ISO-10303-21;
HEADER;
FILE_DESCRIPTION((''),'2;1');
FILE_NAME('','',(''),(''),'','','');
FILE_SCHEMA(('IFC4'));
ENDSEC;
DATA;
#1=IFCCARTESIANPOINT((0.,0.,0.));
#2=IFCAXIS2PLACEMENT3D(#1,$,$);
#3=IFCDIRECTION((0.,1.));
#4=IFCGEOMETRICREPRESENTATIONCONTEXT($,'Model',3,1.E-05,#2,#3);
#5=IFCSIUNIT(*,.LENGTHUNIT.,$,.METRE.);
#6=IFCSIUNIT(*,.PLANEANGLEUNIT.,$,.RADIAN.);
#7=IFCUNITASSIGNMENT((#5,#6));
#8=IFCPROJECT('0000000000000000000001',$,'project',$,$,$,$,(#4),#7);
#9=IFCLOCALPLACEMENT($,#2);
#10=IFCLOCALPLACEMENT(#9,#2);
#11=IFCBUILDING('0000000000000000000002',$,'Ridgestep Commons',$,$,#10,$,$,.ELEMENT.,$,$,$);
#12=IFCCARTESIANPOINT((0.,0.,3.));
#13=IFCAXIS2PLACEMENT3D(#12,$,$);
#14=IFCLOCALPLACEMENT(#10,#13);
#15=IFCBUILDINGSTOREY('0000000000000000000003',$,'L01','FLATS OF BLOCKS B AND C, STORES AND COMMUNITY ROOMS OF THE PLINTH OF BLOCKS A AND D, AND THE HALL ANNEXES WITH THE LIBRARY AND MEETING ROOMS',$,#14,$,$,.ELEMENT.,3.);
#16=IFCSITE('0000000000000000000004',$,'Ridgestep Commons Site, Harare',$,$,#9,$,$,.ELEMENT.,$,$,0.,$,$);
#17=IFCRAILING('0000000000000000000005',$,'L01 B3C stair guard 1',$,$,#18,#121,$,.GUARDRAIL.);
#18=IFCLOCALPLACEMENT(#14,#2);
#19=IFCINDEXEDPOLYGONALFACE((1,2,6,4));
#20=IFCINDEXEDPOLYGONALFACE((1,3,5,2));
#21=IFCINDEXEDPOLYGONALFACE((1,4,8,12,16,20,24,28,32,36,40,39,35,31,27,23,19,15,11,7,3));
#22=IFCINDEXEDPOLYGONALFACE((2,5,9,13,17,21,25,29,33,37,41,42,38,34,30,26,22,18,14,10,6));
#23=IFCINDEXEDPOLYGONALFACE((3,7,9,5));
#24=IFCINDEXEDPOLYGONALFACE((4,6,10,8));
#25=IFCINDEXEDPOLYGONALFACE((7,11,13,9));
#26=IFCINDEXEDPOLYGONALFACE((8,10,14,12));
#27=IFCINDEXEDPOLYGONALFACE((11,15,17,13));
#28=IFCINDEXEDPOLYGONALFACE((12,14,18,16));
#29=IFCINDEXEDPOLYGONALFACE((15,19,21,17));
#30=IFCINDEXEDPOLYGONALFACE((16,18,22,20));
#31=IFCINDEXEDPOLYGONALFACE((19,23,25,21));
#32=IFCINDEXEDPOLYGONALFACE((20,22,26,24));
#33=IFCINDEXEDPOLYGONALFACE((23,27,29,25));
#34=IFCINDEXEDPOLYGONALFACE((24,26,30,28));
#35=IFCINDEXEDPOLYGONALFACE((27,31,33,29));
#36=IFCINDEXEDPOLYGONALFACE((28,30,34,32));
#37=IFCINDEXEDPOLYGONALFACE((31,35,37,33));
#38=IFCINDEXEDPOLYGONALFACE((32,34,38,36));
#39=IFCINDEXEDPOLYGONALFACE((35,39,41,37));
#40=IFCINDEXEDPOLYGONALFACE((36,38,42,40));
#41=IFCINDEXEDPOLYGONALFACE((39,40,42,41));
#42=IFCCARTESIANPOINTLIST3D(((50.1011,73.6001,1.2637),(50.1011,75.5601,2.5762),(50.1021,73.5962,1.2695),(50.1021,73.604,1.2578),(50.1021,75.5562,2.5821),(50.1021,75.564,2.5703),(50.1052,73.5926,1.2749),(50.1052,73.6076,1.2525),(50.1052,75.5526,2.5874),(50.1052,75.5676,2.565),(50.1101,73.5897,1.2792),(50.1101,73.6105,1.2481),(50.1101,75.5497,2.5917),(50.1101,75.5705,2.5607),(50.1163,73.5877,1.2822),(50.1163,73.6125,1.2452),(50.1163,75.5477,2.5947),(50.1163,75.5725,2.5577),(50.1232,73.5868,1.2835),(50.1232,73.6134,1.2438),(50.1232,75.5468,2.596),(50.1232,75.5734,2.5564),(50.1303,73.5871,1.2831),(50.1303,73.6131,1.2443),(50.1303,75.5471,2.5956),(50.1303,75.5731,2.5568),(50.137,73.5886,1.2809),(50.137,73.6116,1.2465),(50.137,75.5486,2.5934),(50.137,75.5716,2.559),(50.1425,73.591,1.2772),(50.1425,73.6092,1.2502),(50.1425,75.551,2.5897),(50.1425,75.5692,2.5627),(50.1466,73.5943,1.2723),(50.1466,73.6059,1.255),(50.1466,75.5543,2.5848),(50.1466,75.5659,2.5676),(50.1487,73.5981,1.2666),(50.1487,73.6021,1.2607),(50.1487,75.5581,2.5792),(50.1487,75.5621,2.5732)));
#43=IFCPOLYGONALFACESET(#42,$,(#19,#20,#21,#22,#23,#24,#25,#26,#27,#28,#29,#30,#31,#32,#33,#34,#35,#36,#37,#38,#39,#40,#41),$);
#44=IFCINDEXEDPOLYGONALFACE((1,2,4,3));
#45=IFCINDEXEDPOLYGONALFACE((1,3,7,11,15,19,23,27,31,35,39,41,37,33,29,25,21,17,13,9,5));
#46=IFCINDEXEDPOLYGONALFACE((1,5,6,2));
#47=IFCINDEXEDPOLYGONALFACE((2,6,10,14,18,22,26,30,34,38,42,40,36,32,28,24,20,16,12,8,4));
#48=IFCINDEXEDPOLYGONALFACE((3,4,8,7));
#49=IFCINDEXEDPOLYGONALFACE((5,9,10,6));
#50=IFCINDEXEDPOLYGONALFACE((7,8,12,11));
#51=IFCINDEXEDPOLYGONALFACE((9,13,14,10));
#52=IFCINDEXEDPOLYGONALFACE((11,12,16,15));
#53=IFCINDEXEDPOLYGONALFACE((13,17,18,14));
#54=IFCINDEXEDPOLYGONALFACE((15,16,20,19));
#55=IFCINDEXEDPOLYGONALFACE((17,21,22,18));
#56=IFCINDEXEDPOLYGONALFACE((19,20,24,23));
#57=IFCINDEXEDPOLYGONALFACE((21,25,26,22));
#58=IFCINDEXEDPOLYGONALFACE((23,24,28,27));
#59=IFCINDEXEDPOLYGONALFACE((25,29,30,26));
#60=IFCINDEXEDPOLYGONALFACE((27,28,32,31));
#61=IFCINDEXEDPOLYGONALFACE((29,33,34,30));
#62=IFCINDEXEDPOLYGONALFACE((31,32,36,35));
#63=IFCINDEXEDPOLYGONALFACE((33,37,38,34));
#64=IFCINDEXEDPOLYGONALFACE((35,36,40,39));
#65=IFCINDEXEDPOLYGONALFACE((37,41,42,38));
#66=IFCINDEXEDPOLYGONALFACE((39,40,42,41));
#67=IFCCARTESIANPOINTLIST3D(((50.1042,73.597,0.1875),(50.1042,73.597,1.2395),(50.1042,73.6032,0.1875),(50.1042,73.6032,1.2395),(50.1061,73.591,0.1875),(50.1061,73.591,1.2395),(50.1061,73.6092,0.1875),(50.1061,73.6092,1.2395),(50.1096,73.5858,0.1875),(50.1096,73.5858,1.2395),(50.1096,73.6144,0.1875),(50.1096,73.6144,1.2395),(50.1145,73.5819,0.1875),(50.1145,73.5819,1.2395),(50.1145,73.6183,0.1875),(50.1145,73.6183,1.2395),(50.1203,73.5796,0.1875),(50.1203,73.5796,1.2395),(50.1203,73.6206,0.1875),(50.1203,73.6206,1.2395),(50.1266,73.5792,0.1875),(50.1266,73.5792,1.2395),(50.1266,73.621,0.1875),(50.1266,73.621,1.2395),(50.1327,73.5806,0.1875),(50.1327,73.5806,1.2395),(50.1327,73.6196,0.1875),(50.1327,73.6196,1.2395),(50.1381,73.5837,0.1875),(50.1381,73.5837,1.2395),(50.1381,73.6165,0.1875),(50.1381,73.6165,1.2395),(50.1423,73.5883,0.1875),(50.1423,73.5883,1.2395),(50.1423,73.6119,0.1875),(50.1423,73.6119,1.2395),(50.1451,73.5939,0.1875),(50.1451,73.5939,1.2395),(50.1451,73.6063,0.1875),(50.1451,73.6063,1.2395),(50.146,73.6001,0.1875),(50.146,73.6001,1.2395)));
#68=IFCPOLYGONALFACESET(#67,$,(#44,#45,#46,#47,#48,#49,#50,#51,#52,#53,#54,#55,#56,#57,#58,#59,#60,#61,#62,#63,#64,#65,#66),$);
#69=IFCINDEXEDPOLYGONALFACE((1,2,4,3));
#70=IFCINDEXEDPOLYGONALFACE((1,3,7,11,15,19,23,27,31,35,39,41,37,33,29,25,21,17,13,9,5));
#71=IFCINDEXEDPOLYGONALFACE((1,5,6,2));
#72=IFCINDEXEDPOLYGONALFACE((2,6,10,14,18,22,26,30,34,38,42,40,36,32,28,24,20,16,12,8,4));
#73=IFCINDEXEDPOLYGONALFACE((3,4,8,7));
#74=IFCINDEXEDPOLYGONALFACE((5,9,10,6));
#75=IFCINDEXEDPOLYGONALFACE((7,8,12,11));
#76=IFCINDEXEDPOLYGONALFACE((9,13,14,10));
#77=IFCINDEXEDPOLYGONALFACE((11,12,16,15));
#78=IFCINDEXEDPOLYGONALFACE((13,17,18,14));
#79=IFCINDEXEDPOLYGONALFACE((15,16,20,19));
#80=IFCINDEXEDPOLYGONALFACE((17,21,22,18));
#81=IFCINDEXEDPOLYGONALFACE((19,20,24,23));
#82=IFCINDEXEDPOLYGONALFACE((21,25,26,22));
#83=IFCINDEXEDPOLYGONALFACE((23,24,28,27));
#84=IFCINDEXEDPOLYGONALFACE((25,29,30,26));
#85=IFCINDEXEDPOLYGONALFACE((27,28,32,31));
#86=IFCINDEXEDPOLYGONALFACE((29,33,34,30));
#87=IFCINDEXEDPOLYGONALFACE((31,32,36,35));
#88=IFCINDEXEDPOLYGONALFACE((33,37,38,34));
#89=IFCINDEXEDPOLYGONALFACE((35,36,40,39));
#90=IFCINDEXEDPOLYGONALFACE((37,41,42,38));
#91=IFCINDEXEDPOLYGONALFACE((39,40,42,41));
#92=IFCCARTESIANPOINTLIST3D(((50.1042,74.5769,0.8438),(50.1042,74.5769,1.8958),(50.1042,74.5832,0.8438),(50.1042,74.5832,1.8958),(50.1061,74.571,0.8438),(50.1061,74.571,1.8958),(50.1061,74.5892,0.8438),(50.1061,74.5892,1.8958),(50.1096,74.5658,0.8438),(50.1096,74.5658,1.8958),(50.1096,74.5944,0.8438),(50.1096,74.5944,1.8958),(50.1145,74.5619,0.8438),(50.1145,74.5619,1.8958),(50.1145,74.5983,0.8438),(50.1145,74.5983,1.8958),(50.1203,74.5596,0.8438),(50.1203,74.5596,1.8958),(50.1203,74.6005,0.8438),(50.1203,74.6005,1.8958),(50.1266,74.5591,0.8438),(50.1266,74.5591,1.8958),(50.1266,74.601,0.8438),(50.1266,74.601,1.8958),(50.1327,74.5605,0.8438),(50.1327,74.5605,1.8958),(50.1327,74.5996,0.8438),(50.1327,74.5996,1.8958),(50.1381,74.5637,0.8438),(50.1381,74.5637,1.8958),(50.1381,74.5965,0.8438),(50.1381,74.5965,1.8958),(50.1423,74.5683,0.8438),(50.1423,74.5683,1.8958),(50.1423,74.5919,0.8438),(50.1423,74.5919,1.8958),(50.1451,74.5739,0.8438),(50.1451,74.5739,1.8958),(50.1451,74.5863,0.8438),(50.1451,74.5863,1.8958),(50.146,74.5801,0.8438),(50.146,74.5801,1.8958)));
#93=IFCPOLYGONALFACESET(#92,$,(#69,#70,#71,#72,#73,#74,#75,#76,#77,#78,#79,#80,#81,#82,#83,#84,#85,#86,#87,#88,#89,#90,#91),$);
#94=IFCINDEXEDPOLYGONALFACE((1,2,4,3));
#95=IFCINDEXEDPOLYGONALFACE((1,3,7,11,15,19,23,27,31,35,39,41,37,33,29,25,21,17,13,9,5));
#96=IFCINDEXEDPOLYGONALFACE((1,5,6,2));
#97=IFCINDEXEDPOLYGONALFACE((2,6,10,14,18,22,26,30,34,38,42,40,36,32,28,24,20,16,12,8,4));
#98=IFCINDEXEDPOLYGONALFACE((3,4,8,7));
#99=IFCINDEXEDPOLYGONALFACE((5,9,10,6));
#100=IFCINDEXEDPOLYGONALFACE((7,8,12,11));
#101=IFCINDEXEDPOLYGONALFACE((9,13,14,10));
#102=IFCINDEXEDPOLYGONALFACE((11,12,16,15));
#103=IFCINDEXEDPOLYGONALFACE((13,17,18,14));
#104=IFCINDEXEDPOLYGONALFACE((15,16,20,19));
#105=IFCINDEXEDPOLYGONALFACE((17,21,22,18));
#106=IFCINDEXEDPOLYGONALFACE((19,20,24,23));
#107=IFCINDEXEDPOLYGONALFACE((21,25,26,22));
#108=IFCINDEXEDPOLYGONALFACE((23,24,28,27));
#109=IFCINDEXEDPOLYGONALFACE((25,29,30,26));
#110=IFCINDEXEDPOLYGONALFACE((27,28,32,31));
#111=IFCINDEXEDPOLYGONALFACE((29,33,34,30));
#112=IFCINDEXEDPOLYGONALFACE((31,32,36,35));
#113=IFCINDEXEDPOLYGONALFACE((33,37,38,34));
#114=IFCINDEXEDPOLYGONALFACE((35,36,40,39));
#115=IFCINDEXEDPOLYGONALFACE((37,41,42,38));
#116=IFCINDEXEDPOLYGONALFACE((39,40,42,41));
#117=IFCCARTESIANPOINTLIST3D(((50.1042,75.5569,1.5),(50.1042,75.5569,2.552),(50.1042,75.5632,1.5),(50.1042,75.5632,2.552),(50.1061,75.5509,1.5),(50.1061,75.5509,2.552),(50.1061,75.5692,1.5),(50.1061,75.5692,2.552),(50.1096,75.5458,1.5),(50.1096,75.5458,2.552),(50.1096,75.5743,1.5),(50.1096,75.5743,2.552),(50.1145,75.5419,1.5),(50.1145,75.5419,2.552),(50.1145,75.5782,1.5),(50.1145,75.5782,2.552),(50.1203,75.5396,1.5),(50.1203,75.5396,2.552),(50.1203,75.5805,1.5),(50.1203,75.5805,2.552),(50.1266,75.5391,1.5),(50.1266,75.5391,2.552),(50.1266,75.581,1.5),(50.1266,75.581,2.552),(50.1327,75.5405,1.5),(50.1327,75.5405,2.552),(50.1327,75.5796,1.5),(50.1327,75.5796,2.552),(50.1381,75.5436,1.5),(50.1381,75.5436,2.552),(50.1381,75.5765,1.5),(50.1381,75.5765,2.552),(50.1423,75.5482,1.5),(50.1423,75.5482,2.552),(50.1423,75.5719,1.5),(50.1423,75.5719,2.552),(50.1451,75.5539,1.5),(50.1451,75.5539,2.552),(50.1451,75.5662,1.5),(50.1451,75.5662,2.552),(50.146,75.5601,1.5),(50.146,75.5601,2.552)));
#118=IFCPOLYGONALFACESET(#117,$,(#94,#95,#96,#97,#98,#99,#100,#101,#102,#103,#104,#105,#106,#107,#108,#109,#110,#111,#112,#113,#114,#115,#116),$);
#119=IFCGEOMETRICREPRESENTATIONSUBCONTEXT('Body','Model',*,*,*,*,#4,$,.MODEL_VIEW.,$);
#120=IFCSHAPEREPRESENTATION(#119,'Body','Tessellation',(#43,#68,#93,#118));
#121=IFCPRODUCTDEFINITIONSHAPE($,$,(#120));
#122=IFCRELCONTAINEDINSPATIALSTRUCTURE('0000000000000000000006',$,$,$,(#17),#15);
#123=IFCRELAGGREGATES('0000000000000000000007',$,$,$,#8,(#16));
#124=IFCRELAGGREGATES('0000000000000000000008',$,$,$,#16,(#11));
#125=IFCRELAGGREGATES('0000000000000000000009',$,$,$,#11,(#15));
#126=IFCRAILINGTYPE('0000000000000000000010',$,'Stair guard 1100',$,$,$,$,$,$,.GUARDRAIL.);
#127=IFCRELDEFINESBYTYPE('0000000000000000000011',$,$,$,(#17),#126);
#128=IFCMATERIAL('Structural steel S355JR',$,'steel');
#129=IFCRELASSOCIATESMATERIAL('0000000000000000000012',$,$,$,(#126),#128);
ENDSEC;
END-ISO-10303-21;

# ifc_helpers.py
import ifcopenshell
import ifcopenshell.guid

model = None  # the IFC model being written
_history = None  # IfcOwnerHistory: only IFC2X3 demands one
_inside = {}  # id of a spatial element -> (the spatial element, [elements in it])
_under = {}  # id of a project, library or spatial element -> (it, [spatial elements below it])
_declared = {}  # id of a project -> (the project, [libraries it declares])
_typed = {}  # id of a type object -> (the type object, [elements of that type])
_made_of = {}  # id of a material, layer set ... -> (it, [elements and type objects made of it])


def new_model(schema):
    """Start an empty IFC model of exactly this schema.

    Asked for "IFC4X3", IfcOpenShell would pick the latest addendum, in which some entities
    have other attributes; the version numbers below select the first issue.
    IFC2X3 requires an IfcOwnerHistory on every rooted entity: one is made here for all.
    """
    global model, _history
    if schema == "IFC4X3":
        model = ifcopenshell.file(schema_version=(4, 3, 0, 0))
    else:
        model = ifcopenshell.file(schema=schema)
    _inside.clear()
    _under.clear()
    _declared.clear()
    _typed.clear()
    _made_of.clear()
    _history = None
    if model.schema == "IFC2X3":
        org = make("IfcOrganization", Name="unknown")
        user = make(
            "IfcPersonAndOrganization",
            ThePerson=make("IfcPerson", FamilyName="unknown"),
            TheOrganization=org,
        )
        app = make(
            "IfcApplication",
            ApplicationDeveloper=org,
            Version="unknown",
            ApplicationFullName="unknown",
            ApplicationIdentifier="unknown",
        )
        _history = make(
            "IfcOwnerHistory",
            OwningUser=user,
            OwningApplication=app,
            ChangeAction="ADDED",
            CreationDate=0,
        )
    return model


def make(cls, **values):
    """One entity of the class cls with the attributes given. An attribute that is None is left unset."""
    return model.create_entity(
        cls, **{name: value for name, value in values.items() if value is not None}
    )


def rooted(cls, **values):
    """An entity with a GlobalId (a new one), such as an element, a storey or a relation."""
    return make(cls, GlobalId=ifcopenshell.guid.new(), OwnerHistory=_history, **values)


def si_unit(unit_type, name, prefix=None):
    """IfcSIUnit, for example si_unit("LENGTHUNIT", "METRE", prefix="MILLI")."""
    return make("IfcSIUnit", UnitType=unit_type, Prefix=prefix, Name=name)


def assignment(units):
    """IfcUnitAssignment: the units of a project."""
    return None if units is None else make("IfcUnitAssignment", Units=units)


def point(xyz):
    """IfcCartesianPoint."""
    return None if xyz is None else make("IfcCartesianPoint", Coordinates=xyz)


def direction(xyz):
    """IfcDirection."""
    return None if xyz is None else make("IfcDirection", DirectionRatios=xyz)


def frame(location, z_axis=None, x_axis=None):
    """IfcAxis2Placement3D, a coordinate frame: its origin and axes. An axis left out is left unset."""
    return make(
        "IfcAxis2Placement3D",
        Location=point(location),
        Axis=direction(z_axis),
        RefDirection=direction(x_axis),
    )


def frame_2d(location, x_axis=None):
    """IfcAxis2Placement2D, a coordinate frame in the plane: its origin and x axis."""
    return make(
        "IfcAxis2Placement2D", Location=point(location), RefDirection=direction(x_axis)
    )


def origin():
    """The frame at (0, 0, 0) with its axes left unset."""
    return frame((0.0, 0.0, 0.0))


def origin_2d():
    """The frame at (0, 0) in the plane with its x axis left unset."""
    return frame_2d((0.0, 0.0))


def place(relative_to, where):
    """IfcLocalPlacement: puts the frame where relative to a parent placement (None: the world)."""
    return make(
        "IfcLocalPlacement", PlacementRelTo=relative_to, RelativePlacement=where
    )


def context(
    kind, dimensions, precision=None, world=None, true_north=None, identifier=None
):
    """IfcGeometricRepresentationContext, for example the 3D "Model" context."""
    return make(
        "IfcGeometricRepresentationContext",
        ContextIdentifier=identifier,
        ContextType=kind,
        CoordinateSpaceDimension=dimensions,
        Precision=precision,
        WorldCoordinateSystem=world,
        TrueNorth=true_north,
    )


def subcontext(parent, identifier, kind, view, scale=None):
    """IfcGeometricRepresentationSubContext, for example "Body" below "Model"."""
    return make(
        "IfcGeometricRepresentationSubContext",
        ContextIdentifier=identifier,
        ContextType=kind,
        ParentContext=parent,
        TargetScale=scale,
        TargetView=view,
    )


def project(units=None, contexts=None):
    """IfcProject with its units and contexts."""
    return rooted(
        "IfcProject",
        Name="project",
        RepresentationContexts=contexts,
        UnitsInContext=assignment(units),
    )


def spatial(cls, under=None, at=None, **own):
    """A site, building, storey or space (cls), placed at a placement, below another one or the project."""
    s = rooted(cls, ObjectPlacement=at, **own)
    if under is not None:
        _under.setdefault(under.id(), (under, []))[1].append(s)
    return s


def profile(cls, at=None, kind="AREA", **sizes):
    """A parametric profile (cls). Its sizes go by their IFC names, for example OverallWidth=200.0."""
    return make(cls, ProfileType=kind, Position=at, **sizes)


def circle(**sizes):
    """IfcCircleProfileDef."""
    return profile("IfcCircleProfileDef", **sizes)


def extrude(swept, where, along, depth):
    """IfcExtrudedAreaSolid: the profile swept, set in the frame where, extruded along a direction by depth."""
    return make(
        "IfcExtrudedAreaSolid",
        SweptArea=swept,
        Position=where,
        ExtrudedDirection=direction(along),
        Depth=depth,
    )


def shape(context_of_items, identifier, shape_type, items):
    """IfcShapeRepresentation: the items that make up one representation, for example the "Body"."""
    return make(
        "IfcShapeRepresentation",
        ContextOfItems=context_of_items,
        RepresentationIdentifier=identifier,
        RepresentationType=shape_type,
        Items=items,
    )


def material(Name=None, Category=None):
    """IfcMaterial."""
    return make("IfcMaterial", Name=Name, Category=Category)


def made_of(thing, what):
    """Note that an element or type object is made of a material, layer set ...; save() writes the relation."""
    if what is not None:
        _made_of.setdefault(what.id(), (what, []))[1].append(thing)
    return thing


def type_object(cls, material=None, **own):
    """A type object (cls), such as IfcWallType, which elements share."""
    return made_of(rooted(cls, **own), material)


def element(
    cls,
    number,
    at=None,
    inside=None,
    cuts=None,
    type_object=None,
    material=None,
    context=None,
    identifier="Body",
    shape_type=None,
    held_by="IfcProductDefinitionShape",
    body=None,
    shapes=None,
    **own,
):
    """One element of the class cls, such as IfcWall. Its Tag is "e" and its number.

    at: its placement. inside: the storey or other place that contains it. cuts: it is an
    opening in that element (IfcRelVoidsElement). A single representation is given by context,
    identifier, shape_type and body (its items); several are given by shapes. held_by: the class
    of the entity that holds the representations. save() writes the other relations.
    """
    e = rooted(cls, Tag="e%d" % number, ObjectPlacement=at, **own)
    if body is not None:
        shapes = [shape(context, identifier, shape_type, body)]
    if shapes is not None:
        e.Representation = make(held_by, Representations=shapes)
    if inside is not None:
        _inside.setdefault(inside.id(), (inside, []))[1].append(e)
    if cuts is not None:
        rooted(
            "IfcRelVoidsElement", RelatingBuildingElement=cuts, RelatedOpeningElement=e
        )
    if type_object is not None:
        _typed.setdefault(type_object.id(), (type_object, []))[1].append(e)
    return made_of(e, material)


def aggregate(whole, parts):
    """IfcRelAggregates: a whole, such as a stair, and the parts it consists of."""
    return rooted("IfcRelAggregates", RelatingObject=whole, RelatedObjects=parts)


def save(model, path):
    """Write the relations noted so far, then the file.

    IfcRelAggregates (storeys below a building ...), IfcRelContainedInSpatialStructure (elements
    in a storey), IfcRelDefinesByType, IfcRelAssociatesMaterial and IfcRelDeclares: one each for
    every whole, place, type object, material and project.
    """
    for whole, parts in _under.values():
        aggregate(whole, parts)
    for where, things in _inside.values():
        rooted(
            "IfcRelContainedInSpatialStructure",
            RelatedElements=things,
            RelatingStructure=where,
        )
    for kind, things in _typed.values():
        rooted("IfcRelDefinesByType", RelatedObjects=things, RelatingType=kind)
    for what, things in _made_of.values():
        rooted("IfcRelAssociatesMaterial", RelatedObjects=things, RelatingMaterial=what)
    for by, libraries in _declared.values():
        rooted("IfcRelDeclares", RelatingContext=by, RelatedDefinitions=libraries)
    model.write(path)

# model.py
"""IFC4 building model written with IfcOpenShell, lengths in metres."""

from ifc_helpers import new_model, si_unit, direction, frame, origin, origin_2d, place, context, subcontext, project, spatial, circle, extrude, material, type_object, element, save


model = new_model("IFC4")

# Units and contexts
model_context = context("Model", 3, precision=1e-05, world=origin(), true_north=direction((0.0, 1.0)))
body_context = subcontext(model_context, "Body", "Model", "MODEL_VIEW")
ifc_project = project(units=[si_unit("LENGTHUNIT", "METRE"), si_unit("PLANEANGLEUNIT", "RADIAN")], contexts=[model_context])

# Site, building, storey
site_placement = place(None, origin())
site = spatial("IfcSite", under=ifc_project, at=site_placement, Name="Ridgestep Commons Site, Harare", CompositionType="ELEMENT", RefElevation=0.0)
building_placement = place(site_placement, origin())
building = spatial("IfcBuilding", under=site, at=building_placement, Name="Ridgestep Commons", CompositionType="ELEMENT")
storey_placement = place(building_placement, frame((0.0, 0.0, 3.0)))
storey = spatial("IfcBuildingStorey", under=building, at=storey_placement, Name="L01", Description="FLATS OF BLOCKS B AND C, STORES AND COMMUNITY ROOMS OF THE PLINTH OF BLOCKS A AND D, AND THE HALL ANNEXES WITH THE LIBRARY AND MEETING ROOMS", CompositionType="ELEMENT", Elevation=3.0)

# Railing
ifc_material_1 = material(Name="Structural steel S355JR", Category="steel")
railing_type_1 = type_object("IfcRailingType", Name="Stair guard 1100", PredefinedType="GUARDRAIL", material=ifc_material_1)
railing_1_placement = place(storey_placement, frame((50.125, 73.6001, 0.1875)))
element("IfcRailing", 1, at=railing_1_placement, inside=storey, type_object=railing_type_1, Name="L01 B3C stair guard 1", PredefinedType="GUARDRAIL", context=body_context, shape_type="SweptSolid", body=[
    extrude(circle(Radius=0.0239, at=origin_2d()), frame((0.0, 0.0, 1.0762), z_axis=(0.0, 0.830902, 0.556419), x_axis=(-1.0, 0.0, 0.0)), (0.0, 0.0, 1.0), 2.3589),
    extrude(circle(Radius=0.021, at=origin_2d()), origin(), (0.0, 0.0, 1.0), 1.052),
    extrude(circle(Radius=0.021, at=origin_2d()), frame((0.0, 0.98, 0.6562)), (0.0, 0.0, 1.0), 1.052),
    extrude(circle(Radius=0.021, at=origin_2d()), frame((0.0, 1.96, 1.3125)), (0.0, 0.0, 1.0), 1.052),
])

save(model, "model.ifc")
